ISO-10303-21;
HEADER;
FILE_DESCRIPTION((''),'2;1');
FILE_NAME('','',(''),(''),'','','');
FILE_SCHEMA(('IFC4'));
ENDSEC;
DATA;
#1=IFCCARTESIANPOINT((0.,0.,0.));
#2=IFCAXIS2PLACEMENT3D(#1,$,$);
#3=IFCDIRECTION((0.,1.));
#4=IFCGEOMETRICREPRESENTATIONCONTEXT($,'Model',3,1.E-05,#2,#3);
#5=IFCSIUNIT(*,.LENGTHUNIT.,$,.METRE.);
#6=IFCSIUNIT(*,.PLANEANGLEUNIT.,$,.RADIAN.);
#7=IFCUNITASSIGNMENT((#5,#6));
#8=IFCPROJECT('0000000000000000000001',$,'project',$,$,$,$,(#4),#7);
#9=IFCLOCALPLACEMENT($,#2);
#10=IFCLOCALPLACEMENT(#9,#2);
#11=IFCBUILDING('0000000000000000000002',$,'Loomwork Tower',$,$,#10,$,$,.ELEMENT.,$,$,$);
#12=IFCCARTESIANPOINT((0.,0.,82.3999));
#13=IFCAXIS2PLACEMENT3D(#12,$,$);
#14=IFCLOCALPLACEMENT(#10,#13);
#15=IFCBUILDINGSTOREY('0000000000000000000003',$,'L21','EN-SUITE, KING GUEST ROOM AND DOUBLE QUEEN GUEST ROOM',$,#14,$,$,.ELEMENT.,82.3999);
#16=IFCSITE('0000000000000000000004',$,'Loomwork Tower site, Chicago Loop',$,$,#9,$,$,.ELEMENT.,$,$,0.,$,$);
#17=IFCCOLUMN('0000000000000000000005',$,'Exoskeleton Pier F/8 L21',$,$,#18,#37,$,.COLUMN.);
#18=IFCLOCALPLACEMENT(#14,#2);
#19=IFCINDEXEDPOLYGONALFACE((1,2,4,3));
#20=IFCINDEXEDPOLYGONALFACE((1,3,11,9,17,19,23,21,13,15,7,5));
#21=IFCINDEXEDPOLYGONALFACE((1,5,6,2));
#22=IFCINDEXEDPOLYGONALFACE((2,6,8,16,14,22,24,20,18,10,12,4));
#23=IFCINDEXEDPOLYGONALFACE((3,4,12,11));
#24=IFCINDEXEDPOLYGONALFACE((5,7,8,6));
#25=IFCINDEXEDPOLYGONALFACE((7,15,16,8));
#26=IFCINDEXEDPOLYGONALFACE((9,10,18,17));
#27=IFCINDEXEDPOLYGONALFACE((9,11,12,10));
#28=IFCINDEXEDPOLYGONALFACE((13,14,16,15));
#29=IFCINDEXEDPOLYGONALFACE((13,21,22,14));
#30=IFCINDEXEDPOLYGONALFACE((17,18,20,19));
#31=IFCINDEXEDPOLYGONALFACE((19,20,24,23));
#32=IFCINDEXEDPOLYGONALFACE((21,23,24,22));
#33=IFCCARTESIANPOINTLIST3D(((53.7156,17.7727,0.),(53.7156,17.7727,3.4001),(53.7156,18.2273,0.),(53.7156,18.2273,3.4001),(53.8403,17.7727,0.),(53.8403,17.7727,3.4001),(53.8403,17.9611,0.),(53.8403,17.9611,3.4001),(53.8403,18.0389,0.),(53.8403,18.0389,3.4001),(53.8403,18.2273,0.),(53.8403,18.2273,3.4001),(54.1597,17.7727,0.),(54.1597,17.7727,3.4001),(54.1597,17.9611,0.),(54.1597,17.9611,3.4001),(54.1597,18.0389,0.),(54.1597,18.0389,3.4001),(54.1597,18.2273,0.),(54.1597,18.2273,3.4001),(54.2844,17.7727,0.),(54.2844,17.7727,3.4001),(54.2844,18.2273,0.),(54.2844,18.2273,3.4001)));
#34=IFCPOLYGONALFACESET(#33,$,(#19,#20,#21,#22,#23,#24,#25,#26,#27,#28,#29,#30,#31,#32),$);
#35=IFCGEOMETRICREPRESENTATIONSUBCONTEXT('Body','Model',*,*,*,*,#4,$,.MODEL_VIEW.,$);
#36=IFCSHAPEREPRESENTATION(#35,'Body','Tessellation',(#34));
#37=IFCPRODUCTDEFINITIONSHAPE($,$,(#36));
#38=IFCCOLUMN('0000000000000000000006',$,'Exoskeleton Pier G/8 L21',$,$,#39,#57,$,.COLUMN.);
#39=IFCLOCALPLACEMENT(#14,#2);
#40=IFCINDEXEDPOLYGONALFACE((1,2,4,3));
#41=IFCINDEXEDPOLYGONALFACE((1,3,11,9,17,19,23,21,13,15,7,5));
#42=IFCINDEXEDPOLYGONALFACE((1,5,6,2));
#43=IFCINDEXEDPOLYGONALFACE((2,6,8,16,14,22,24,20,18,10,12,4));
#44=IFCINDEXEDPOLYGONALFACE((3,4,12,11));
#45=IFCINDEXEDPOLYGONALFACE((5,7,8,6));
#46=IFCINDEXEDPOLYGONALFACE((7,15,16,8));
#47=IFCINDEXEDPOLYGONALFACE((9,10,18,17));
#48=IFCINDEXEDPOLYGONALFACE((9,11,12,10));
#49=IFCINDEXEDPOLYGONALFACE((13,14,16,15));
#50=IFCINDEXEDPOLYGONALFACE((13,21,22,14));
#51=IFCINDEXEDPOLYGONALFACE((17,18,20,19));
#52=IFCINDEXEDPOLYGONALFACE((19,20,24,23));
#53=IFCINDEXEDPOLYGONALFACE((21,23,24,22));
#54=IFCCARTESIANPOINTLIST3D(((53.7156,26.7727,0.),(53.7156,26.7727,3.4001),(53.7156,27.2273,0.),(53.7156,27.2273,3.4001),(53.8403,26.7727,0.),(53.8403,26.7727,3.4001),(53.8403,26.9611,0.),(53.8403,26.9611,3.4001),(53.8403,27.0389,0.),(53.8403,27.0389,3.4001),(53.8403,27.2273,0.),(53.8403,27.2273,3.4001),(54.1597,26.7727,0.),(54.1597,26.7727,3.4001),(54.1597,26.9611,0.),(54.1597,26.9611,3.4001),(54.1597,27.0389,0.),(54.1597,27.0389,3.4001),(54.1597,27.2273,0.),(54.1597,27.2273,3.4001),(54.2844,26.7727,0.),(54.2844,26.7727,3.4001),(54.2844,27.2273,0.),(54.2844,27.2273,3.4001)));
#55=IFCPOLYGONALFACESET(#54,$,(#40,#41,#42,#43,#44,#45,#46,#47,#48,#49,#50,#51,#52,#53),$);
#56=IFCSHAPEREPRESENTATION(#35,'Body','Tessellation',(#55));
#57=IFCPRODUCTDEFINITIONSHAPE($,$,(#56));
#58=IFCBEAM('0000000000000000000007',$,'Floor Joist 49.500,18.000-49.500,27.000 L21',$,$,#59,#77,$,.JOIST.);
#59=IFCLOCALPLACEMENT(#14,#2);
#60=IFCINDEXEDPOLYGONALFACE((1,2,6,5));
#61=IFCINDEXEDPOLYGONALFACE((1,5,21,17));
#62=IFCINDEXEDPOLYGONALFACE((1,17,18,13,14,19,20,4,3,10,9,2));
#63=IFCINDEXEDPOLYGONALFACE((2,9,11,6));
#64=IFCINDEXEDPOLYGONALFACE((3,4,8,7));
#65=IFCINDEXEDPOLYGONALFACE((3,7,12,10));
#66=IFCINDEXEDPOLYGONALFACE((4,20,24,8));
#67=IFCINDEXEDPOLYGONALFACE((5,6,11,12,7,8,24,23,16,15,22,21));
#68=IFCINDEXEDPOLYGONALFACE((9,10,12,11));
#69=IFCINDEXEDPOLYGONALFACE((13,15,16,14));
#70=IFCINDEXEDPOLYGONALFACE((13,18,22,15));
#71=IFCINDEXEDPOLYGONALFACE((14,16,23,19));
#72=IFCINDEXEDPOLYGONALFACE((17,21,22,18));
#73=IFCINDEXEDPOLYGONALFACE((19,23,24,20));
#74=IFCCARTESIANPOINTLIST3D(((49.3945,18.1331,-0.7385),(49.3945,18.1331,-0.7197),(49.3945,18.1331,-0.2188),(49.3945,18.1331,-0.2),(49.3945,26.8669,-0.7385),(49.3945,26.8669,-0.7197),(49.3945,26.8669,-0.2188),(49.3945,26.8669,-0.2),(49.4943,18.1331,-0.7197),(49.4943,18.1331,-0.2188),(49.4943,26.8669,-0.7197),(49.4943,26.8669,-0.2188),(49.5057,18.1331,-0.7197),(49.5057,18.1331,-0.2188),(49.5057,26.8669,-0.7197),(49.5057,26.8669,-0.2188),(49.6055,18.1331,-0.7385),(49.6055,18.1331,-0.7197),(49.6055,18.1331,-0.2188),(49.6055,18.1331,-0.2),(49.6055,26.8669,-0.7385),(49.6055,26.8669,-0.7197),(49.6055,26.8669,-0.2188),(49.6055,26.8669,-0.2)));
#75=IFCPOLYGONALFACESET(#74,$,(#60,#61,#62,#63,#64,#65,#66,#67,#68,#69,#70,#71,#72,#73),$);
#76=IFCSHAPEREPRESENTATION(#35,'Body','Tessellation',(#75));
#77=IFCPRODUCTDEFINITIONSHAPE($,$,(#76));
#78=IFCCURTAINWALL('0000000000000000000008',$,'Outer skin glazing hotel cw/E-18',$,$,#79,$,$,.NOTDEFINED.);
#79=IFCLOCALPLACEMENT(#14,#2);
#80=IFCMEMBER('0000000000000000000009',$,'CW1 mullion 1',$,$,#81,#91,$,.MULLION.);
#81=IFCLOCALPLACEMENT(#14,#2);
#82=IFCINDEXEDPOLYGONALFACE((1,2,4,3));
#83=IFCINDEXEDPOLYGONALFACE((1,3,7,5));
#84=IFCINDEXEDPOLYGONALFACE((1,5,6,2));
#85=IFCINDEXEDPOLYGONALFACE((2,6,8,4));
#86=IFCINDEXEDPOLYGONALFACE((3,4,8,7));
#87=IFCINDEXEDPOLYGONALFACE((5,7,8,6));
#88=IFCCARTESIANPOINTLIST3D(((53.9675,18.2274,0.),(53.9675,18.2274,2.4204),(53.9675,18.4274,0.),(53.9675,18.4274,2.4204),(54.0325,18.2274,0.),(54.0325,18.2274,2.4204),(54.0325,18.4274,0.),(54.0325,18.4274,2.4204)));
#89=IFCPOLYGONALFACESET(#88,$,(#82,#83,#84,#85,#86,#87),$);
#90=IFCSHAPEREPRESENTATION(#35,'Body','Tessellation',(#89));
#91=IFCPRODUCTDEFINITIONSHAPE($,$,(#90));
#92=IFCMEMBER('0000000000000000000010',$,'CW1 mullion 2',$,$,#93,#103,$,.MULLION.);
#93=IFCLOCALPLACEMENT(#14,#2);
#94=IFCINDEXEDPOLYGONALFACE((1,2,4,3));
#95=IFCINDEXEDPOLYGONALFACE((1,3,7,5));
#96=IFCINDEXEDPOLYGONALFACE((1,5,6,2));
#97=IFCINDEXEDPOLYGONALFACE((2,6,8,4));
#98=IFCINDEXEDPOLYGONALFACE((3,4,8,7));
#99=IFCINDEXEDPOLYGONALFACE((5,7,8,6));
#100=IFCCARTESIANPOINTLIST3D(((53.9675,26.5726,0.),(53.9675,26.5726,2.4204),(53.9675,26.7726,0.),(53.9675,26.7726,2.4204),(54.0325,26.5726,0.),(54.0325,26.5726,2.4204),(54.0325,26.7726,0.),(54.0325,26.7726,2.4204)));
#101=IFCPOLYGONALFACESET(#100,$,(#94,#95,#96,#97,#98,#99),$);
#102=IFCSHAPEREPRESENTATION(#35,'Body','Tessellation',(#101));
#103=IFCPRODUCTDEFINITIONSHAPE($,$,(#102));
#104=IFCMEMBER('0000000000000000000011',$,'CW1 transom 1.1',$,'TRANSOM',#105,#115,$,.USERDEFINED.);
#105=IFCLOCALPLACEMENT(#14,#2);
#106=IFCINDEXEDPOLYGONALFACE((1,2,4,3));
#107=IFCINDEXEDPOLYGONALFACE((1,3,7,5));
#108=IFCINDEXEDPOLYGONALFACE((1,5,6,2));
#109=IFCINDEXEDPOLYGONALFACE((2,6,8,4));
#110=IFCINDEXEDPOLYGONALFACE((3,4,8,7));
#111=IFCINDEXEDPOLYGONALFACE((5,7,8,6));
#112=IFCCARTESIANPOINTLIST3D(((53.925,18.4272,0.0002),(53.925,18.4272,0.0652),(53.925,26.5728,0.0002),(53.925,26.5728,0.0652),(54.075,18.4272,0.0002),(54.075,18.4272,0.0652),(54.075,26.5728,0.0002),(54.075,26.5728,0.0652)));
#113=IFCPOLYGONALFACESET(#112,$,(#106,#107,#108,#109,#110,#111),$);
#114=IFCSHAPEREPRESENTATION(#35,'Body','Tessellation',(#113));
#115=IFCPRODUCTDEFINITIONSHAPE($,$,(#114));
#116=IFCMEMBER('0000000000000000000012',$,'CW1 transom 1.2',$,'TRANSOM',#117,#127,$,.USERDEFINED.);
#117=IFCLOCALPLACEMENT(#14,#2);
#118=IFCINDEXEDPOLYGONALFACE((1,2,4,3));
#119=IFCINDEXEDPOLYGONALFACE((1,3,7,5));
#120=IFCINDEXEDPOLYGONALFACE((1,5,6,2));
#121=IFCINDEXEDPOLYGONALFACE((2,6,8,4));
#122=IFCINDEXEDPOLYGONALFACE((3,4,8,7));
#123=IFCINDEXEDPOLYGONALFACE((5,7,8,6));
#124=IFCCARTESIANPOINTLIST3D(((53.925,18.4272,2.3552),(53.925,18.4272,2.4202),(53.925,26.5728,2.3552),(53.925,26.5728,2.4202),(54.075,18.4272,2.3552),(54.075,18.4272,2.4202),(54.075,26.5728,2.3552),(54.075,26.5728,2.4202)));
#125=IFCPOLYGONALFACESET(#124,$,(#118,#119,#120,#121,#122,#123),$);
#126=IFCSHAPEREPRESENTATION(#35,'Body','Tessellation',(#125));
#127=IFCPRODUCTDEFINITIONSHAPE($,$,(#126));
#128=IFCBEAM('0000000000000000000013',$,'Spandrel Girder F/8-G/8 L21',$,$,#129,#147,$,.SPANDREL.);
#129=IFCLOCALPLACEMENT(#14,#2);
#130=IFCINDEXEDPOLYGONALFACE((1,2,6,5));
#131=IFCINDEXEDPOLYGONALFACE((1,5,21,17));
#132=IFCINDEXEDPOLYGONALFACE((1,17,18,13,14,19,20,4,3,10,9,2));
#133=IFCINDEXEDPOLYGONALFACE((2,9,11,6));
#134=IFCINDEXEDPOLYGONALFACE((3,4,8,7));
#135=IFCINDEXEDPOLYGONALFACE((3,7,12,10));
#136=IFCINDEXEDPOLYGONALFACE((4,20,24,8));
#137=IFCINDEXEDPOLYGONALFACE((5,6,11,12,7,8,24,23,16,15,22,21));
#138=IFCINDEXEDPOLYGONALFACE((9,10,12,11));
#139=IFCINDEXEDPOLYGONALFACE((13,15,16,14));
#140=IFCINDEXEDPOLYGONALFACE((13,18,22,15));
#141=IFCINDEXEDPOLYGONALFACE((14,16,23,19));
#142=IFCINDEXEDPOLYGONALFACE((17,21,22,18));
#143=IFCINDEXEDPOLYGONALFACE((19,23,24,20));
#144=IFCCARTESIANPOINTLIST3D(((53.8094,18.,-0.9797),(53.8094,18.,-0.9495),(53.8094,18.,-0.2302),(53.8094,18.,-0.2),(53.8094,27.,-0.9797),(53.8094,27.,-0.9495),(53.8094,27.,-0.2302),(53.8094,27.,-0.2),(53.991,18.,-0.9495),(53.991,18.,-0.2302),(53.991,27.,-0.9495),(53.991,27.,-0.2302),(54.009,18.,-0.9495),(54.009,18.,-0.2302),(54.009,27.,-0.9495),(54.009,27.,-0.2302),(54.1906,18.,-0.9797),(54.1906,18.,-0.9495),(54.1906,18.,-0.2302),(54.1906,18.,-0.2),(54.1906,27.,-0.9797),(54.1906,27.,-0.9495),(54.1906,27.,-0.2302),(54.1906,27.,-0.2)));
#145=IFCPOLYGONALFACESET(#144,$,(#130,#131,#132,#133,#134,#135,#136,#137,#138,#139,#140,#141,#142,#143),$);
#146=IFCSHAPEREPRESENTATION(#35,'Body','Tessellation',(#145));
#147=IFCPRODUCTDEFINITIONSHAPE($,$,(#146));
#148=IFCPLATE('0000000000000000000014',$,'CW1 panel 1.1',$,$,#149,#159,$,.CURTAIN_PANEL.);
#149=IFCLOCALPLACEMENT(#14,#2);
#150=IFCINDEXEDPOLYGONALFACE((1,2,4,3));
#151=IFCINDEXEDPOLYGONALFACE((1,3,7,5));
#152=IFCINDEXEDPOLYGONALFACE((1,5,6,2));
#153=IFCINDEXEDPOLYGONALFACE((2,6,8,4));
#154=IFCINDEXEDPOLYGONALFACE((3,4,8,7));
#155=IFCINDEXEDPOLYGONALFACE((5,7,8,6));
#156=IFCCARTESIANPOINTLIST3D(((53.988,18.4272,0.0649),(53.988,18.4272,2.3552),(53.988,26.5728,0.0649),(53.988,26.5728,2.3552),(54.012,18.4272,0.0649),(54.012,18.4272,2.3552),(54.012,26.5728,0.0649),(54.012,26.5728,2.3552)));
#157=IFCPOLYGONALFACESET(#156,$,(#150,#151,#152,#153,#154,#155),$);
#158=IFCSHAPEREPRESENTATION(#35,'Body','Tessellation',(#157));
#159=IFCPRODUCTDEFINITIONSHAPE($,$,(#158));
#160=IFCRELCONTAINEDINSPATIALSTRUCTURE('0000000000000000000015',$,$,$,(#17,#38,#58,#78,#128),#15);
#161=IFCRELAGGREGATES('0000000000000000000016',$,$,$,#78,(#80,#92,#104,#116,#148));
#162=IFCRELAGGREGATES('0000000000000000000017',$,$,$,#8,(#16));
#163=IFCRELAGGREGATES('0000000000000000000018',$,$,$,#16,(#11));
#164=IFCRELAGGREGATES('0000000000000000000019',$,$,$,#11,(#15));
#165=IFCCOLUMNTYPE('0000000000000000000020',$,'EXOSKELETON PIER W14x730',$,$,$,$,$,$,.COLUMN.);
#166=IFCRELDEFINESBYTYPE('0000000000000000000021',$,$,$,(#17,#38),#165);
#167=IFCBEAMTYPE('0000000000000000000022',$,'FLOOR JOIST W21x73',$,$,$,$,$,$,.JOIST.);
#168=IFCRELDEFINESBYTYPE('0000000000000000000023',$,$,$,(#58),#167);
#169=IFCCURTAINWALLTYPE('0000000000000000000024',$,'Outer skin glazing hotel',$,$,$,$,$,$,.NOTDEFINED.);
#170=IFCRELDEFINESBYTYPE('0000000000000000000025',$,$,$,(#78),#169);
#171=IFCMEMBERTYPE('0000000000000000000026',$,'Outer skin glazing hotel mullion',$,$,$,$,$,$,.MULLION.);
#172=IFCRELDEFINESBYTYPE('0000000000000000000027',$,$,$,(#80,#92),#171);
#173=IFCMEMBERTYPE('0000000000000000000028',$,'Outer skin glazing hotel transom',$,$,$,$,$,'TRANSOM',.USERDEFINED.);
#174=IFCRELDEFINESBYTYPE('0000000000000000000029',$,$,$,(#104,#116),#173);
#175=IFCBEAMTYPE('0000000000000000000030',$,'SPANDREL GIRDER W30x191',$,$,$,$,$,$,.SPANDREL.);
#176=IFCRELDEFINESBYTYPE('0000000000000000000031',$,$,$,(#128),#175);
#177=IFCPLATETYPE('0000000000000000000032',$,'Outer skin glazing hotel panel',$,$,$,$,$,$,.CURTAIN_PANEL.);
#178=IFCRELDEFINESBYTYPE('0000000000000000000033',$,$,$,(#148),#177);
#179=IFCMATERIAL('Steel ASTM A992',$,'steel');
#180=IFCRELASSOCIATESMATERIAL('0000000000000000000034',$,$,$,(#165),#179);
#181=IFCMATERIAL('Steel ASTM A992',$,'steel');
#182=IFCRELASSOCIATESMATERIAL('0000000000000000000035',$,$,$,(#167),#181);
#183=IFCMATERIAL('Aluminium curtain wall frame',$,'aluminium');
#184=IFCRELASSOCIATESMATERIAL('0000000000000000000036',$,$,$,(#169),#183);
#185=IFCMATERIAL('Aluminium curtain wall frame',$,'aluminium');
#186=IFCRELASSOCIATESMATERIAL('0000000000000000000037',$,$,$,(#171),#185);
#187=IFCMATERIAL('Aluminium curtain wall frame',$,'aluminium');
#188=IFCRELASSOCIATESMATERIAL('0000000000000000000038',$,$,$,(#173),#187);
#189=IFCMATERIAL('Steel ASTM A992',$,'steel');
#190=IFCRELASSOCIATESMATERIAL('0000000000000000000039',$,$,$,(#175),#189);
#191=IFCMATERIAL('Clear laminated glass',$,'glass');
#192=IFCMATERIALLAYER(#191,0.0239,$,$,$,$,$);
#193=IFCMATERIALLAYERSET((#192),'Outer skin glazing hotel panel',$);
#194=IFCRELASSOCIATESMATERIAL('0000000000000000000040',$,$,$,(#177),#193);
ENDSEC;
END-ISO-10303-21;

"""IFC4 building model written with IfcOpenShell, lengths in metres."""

from ifc_helpers import new_model, si_unit, direction, frame, origin, origin_2d, place, context, subcontext, project, spatial, rectangle, i_section, extrude, material, layer, layer_set, material_profile, profile_set, type_object, element, aggregate, save


model = new_model("IFC4")

# Units and contexts
model_context = context("Model", 3, precision=1e-05, world=origin(), true_north=direction((0.0, 1.0)))
body_context = subcontext(model_context, "Body", "Model", "MODEL_VIEW")
ifc_project = project(units=[si_unit("LENGTHUNIT", "METRE"), si_unit("PLANEANGLEUNIT", "RADIAN")], contexts=[model_context])

# Site, building, storey
site_placement = place(None, origin())
site = spatial("IfcSite", under=ifc_project, at=site_placement, Name="Loomwork Tower site, Chicago Loop", CompositionType="ELEMENT", RefElevation=0.0)
building_placement = place(site_placement, origin())
building = spatial("IfcBuilding", under=site, at=building_placement, Name="Loomwork Tower", CompositionType="ELEMENT")
storey_placement = place(building_placement, frame((0.0, 0.0, 82.3999)))
storey = spatial("IfcBuildingStorey", under=building, at=storey_placement, Name="L21", Description="EN-SUITE, KING GUEST ROOM AND DOUBLE QUEEN GUEST ROOM", CompositionType="ELEMENT", Elevation=82.3999)

# Columns
ifc_material_1 = material(Name="Steel ASTM A992", Category="steel")
ifc_material_profile_1 = material_profile(ifc_material_1, i_section(OverallWidth=0.4546, OverallDepth=0.5688, WebThickness=0.0779, FlangeThickness=0.1248, at=origin_2d()), Name="W14x730")
ifc_profile_set_1 = profile_set([ifc_material_profile_1], Name="Steel ASTM A992")
column_type = type_object("IfcColumnType", Name="EXOSKELETON PIER W14x730", PredefinedType="COLUMN", material=ifc_profile_set_1)
for number, where, z_axis, x_axis, name in (
    (1, (54.0, 18.0, 0.0), (0.0, 0.0, 1.0), (0.0, 1.0, 0.0), "Exoskeleton Pier F/8 L21"),
    (2, (54.0, 27.0, 0.0), (0.0, 0.0, 1.0), (0.0, 1.0, 0.0), "Exoskeleton Pier G/8 L21"),
):
    element("IfcColumn", number, at=place(storey_placement, frame(where, z_axis=z_axis, x_axis=x_axis)), inside=storey, type_object=column_type, Name=name, PredefinedType="COLUMN", context=body_context, shape_type="SweptSolid", body=[
        extrude(i_section(OverallWidth=0.4546, OverallDepth=0.5688, WebThickness=0.0779, FlangeThickness=0.1248, at=origin_2d()), origin(), (0.0, 0.0, 1.0), 3.4001),
    ])

# Beam
ifc_material_2 = material(Name="Steel ASTM A992", Category="steel")
ifc_material_profile_2 = material_profile(ifc_material_2, i_section(OverallWidth=0.2109, OverallDepth=0.5386, WebThickness=0.0115, FlangeThickness=0.0188, at=origin_2d()), Name="W21x73")
ifc_profile_set_2 = profile_set([ifc_material_profile_2], Name="Steel ASTM A992")
beam_type_1 = type_object("IfcBeamType", Name="FLOOR JOIST W21x73", PredefinedType="JOIST", material=ifc_profile_set_2)
beam_1_placement = place(storey_placement, frame((49.5, 18.1331, -0.4692), z_axis=(0.0, 1.0, 0.0), x_axis=(-1.0, 0.0, 0.0)))
element("IfcBeam", 3, at=beam_1_placement, inside=storey, type_object=beam_type_1, Name="Floor Joist 49.500,18.000-49.500,27.000 L21", PredefinedType="JOIST", context=body_context, shape_type="SweptSolid", body=[
    extrude(i_section(OverallWidth=0.2109, OverallDepth=0.5386, WebThickness=0.0115, FlangeThickness=0.0188, at=origin_2d()), origin(), (0.0, 0.0, 1.0), 8.7339),
])

# Curtain wall, members
ifc_material_3 = material(Name="Aluminium curtain wall frame", Category="aluminium")
curtain_wall_type = type_object("IfcCurtainWallType", Name="Outer skin glazing hotel", PredefinedType="NOTDEFINED", material=ifc_material_3)
curtain_wall_placement = place(storey_placement, origin())
curtain_wall = element("IfcCurtainWall", 4, at=curtain_wall_placement, inside=storey, type_object=curtain_wall_type, Name="Outer skin glazing hotel cw/E-18", PredefinedType="NOTDEFINED")
ifc_material_4 = material(Name="Aluminium curtain wall frame", Category="aluminium")
ifc_material_profile_3 = material_profile(ifc_material_4, rectangle(XDim=0.0649, YDim=0.2, at=origin_2d()), Name="AL 65x200")
ifc_profile_set_3 = profile_set([ifc_material_profile_3], Name="Aluminium curtain wall frame")
member_type_1 = type_object("IfcMemberType", Name="Outer skin glazing hotel mullion", PredefinedType="MULLION", material=ifc_profile_set_3)
member_1_placement = place(storey_placement, frame((54.0, 18.3274, 0.0), z_axis=(0.0, 0.0, 1.0), x_axis=(-1.0, 0.0, 0.0)))
member_1 = element("IfcMember", 5, at=member_1_placement, type_object=member_type_1, Name="CW1 mullion 1", PredefinedType="MULLION", context=body_context, shape_type="SweptSolid", body=[
    extrude(rectangle(XDim=0.0649, YDim=0.2, at=origin_2d()), origin(), (0.0, 0.0, 1.0), 2.4204),
])
member_2_placement = place(storey_placement, frame((54.0, 26.6726, 0.0), z_axis=(0.0, 0.0, 1.0), x_axis=(-1.0, 0.0, 0.0)))
member_2 = element("IfcMember", 6, at=member_2_placement, type_object=member_type_1, Name="CW1 mullion 2", PredefinedType="MULLION", context=body_context, shape_type="SweptSolid", body=[
    extrude(rectangle(XDim=0.0649, YDim=0.2, at=origin_2d()), origin(), (0.0, 0.0, 1.0), 2.4204),
])
ifc_material_5 = material(Name="Aluminium curtain wall frame", Category="aluminium")
ifc_material_profile_4 = material_profile(ifc_material_5, rectangle(XDim=0.1499, YDim=0.0649, at=origin_2d()), Name="AL 65x150")
ifc_profile_set_4 = profile_set([ifc_material_profile_4], Name="Aluminium curtain wall frame")
member_type_2 = type_object("IfcMemberType", Name="Outer skin glazing hotel transom", ElementType="TRANSOM", PredefinedType="USERDEFINED", material=ifc_profile_set_4)
member_3_placement = place(storey_placement, frame((54.0, 18.4272, 0.0327), z_axis=(0.0, 1.0, 0.0), x_axis=(-1.0, 0.0, 0.0)))
member_3 = element("IfcMember", 7, at=member_3_placement, type_object=member_type_2, Name="CW1 transom 1.1", ObjectType="TRANSOM", PredefinedType="USERDEFINED", context=body_context, shape_type="SweptSolid", body=[
    extrude(rectangle(XDim=0.1499, YDim=0.0649, at=origin_2d()), origin(), (0.0, 0.0, 1.0), 8.1455),
])
member_4_placement = place(storey_placement, frame((54.0, 18.4272, 2.3877), z_axis=(0.0, 1.0, 0.0), x_axis=(-1.0, 0.0, 0.0)))
member_4 = element("IfcMember", 8, at=member_4_placement, type_object=member_type_2, Name="CW1 transom 1.2", ObjectType="TRANSOM", PredefinedType="USERDEFINED", context=body_context, shape_type="SweptSolid", body=[
    extrude(rectangle(XDim=0.1499, YDim=0.0649, at=origin_2d()), origin(), (0.0, 0.0, 1.0), 8.1455),
])

# Beam
ifc_material_6 = material(Name="Steel ASTM A992", Category="steel")
ifc_material_profile_5 = material_profile(ifc_material_6, i_section(OverallWidth=0.3811, OverallDepth=0.7798, WebThickness=0.0181, FlangeThickness=0.0303, at=origin_2d()), Name="W30x191")
ifc_profile_set_5 = profile_set([ifc_material_profile_5], Name="Steel ASTM A992")
beam_type_2 = type_object("IfcBeamType", Name="SPANDREL GIRDER W30x191", PredefinedType="SPANDREL", material=ifc_profile_set_5)
beam_2_placement = place(storey_placement, frame((54.0, 18.0, -0.5898), z_axis=(0.0, 1.0, 0.0), x_axis=(-1.0, 0.0, 0.0)))
element("IfcBeam", 9, at=beam_2_placement, inside=storey, type_object=beam_type_2, Name="Spandrel Girder F/8-G/8 L21", PredefinedType="SPANDREL", context=body_context, shape_type="SweptSolid", body=[
    extrude(i_section(OverallWidth=0.3811, OverallDepth=0.7798, WebThickness=0.0181, FlangeThickness=0.0303, at=origin_2d()), origin(), (0.0, 0.0, 1.0), 9.0),
])

# Plate
ifc_material_7 = material(Name="Clear laminated glass", Category="glass")
ifc_layer_1 = layer(ifc_material_7, 0.0239)
ifc_layer_set_1 = layer_set([ifc_layer_1], Name="Outer skin glazing hotel panel")
plate_type = type_object("IfcPlateType", Name="Outer skin glazing hotel panel", PredefinedType="CURTAIN_PANEL", material=ifc_layer_set_1)
plate_placement = place(storey_placement, frame((54.0, 22.5, 0.0649), z_axis=(0.0, 0.0, 1.0), x_axis=(0.0, 1.0, 0.0)))
plate = element("IfcPlate", 10, at=plate_placement, type_object=plate_type, Name="CW1 panel 1.1", PredefinedType="CURTAIN_PANEL", context=body_context, shape_type="SweptSolid", body=[
    extrude(rectangle(XDim=8.1455, YDim=0.0239, at=origin_2d()), origin(), (0.0, 0.0, 1.0), 2.2903),
])
aggregate(curtain_wall, [member_1, member_2, member_3, member_4, plate])

save(model, "model.ifc")
